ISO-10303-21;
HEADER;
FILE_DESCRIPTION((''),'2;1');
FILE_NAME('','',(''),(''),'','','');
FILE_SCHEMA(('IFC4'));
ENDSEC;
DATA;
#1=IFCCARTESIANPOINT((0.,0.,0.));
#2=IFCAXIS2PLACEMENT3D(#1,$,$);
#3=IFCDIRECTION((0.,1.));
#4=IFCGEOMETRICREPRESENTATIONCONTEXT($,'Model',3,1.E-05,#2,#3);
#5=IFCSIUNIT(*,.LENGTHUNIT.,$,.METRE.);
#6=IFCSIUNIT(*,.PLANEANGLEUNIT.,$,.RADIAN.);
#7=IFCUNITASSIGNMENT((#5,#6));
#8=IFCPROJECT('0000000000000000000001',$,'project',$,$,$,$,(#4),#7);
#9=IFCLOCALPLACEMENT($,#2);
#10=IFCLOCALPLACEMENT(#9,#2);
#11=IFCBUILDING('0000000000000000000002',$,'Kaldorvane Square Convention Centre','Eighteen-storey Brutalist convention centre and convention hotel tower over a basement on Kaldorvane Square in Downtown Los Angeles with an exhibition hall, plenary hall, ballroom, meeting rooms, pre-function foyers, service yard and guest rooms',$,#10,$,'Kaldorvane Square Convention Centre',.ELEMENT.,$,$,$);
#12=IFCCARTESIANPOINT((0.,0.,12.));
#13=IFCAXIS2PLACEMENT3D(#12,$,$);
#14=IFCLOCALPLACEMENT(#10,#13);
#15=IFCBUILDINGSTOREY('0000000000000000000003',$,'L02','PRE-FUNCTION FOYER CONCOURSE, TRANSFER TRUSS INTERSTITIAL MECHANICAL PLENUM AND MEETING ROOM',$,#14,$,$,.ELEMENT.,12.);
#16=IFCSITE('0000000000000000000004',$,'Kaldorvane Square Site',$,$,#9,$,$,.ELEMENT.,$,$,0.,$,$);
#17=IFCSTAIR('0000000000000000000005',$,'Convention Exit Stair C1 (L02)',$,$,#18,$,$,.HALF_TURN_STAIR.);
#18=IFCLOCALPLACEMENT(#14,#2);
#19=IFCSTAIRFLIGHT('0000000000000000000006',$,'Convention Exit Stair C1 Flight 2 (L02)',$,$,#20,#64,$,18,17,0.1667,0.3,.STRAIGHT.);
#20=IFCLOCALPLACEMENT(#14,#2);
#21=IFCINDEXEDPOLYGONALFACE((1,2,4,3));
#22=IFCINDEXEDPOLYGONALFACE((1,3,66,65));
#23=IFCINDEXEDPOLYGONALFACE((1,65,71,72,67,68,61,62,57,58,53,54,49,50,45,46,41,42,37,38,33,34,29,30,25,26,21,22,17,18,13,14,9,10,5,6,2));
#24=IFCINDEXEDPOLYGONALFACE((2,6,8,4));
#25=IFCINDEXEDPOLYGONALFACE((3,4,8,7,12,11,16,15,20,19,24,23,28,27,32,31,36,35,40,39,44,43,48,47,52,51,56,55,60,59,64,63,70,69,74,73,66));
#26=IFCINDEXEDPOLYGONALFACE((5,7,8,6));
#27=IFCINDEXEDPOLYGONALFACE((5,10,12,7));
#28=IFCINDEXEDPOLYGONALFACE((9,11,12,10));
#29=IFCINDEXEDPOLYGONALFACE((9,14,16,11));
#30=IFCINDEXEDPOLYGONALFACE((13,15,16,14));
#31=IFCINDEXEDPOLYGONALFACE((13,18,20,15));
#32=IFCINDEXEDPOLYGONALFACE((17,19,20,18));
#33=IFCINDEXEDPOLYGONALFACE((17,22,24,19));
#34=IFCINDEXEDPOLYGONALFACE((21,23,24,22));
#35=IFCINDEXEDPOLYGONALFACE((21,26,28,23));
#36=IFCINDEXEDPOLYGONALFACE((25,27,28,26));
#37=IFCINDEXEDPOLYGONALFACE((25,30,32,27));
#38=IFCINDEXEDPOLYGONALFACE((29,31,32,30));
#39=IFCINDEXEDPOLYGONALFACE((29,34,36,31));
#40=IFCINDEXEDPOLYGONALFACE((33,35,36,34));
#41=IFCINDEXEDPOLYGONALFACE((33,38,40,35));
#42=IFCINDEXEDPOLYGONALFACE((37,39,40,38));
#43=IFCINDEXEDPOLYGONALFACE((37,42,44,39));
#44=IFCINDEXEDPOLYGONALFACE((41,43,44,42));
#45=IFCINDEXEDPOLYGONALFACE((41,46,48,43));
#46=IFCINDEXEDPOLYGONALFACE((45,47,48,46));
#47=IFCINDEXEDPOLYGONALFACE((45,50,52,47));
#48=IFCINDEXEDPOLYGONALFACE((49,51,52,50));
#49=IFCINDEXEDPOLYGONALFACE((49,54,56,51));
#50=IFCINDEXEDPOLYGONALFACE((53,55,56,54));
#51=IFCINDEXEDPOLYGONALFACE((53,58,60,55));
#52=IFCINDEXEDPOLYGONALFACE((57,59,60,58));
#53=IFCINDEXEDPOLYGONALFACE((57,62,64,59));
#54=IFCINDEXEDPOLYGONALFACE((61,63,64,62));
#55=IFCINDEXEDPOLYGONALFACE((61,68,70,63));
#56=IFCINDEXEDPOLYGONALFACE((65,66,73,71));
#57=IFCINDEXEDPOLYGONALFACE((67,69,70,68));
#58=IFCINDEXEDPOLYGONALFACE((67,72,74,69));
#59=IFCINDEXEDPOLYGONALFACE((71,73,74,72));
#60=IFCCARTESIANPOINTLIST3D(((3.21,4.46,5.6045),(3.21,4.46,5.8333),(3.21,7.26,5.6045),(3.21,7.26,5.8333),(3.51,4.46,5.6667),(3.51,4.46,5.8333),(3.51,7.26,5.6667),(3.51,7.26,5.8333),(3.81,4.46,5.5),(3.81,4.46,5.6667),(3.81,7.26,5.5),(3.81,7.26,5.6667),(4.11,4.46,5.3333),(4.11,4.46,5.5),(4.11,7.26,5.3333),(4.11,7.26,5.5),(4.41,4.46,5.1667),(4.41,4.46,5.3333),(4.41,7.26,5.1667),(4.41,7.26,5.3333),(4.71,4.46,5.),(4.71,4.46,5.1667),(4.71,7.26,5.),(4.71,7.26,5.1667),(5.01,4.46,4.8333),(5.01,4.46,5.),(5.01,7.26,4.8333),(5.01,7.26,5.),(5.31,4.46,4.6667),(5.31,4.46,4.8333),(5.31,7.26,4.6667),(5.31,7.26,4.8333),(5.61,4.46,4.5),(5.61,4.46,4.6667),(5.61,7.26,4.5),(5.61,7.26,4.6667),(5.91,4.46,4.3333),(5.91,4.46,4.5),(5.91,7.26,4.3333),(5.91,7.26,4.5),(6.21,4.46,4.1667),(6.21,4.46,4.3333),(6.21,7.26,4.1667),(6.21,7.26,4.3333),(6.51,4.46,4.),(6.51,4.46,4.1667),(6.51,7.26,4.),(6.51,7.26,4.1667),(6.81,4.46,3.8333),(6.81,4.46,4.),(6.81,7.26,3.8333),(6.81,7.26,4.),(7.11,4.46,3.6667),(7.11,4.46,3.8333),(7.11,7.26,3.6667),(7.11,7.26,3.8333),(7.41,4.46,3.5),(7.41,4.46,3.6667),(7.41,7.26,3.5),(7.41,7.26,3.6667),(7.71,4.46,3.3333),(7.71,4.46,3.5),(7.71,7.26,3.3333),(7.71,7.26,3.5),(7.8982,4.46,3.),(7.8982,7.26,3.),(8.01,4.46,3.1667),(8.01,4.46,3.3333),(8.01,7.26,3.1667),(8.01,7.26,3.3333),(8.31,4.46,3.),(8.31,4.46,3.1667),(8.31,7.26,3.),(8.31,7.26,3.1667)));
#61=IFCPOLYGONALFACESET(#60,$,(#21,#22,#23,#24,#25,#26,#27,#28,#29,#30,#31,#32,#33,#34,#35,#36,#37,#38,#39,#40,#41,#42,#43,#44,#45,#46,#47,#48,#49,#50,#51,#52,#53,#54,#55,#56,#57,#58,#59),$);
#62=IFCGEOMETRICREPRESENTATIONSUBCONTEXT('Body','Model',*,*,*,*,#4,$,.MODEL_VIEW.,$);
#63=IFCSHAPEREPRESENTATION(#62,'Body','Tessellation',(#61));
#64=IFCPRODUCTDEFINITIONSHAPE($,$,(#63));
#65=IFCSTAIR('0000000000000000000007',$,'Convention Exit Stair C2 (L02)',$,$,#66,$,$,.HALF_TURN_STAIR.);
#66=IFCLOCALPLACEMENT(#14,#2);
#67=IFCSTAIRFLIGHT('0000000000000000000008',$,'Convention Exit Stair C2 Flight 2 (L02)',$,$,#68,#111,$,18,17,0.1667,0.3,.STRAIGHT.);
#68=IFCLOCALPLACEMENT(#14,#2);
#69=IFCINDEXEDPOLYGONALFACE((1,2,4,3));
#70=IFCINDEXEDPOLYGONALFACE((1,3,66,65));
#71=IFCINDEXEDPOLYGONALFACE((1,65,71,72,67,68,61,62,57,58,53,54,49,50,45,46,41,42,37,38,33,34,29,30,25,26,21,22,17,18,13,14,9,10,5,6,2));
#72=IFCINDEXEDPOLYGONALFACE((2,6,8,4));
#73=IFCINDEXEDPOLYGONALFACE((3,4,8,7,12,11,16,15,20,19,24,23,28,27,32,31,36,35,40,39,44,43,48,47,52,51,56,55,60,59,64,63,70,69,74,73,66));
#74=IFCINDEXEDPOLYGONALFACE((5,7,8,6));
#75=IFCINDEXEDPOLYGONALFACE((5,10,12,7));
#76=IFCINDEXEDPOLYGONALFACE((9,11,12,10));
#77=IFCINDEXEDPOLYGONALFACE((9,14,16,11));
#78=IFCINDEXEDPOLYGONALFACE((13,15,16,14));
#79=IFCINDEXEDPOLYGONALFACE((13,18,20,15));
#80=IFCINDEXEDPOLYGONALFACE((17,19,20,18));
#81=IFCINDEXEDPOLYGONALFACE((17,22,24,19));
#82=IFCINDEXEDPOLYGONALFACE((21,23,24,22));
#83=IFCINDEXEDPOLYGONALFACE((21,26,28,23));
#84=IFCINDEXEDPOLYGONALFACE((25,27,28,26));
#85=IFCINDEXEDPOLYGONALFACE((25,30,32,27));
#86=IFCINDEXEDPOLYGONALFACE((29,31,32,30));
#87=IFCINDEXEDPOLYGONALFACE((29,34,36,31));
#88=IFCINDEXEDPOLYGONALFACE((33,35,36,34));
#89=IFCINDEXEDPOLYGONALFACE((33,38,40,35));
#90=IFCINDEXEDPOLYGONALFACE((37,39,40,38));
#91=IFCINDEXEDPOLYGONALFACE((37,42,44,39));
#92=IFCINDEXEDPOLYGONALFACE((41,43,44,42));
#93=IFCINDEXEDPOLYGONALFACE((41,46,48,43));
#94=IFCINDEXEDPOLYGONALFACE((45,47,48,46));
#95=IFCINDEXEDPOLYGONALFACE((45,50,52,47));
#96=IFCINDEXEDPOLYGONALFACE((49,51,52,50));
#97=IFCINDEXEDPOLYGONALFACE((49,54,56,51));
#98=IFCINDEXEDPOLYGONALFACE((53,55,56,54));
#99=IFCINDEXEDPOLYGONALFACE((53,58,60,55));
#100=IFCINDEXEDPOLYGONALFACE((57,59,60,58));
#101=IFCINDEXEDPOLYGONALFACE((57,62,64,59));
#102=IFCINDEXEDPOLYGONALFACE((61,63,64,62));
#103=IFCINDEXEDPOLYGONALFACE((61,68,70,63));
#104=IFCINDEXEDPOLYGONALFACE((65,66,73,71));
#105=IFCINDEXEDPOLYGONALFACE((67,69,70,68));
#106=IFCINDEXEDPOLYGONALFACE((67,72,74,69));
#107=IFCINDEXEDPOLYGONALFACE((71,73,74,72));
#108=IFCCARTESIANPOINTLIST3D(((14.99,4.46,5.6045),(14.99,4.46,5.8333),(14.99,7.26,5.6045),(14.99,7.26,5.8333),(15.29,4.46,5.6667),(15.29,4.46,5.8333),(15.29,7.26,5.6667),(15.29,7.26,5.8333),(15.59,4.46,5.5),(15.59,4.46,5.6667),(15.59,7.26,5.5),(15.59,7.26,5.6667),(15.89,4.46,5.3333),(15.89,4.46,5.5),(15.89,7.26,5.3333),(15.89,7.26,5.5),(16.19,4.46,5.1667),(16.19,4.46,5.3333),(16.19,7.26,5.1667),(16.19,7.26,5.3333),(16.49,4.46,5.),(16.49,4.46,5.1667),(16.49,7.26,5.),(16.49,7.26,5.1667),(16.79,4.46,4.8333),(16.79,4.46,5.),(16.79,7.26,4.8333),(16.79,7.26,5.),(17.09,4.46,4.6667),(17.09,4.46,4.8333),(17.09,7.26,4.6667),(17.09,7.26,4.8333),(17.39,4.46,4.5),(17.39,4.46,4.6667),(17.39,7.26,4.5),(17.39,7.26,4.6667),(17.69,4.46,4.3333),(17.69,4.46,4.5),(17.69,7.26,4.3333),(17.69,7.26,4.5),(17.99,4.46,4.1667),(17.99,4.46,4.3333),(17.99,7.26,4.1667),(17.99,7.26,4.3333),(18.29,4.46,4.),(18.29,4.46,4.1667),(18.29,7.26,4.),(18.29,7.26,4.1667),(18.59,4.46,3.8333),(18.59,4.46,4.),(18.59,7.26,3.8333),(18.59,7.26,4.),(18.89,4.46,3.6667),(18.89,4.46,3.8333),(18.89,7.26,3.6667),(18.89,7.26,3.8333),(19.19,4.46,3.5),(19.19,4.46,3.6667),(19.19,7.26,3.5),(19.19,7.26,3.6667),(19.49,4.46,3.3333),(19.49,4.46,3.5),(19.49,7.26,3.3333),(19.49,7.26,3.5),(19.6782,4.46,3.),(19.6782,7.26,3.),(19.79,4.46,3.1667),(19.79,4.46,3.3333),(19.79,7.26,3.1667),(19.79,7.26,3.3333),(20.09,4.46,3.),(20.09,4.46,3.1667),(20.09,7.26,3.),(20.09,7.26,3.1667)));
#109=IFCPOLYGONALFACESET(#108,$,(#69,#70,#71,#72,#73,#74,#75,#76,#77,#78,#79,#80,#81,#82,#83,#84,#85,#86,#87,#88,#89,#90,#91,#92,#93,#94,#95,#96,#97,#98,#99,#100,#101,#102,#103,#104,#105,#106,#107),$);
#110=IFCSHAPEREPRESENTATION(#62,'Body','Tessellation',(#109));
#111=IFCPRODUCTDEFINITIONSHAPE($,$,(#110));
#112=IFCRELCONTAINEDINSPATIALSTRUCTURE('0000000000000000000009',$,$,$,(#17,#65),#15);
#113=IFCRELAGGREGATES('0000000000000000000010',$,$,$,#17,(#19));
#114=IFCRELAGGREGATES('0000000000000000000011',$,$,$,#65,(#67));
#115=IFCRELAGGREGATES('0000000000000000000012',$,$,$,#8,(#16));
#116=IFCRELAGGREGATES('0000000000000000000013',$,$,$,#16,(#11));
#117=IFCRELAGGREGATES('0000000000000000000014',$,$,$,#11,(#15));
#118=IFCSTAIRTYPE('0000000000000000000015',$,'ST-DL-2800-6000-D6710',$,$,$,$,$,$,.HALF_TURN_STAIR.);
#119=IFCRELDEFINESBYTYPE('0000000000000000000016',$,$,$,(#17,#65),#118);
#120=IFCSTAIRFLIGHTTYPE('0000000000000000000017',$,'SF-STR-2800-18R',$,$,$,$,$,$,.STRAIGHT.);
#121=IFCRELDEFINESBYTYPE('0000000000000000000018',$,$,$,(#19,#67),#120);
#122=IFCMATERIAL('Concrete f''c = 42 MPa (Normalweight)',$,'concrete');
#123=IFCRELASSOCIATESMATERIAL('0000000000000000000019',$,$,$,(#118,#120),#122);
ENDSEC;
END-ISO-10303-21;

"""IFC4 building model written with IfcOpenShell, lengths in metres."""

from ifc_helpers import new_model, si_unit, direction, frame, origin, place, context, subcontext, project, spatial, polyline, outline, extrude, material, type_object, element, aggregate, save


model = new_model("IFC4")

# Units and contexts
model_context = context("Model", 3, precision=1e-05, world=origin(), true_north=direction((0.0, 1.0)))
body_context = subcontext(model_context, "Body", "Model", "MODEL_VIEW")
ifc_project = project(units=[si_unit("LENGTHUNIT", "METRE"), si_unit("PLANEANGLEUNIT", "RADIAN")], contexts=[model_context])

# Site, building, storey
site_placement = place(None, origin())
site = spatial("IfcSite", under=ifc_project, at=site_placement, Name="Kaldorvane Square Site", CompositionType="ELEMENT", RefElevation=0.0)
building_placement = place(site_placement, origin())
building = spatial("IfcBuilding", under=site, at=building_placement, Name="Kaldorvane Square Convention Centre", Description="Eighteen-storey Brutalist convention centre and convention hotel tower over a basement on Kaldorvane Square in Downtown Los Angeles with an exhibition hall, plenary hall, ballroom, meeting rooms, pre-function foyers, service yard and guest rooms", LongName="Kaldorvane Square Convention Centre", CompositionType="ELEMENT")
storey_placement = place(building_placement, frame((0.0, 0.0, 12.0)))
storey = spatial("IfcBuildingStorey", under=building, at=storey_placement, Name="L02", Description="PRE-FUNCTION FOYER CONCOURSE, TRANSFER TRUSS INTERSTITIAL MECHANICAL PLENUM AND MEETING ROOM", CompositionType="ELEMENT", Elevation=12.0)

# Shared definitions
ifc_material_1 = material(Name="Concrete f'c = 42 MPa (Normalweight)", Category="concrete")

# Stairs, stair flights
stair_type = type_object("IfcStairType", Name="ST-DL-2800-6000-D6710", PredefinedType="HALF_TURN_STAIR", material=ifc_material_1)
stair_1_placement = place(storey_placement, origin())
stair_1 = element("IfcStair", 1, at=stair_1_placement, inside=storey, type_object=stair_type, Name="Convention Exit Stair C1 (L02)", PredefinedType="HALF_TURN_STAIR")
stair_flight_type = type_object("IfcStairFlightType", Name="SF-STR-2800-18R", PredefinedType="STRAIGHT", material=ifc_material_1)
stair_flight_1_placement = place(storey_placement, frame((8.31, 5.86, 3.0), z_axis=(0.0, 0.0, 1.0), x_axis=(-1.0, 0.0, 0.0)))
stair_flight_1 = element("IfcStairFlight", 2, at=stair_flight_1_placement, type_object=stair_flight_type, Name="Convention Exit Stair C1 Flight 2 (L02)", NumberOfRisers=18, NumberOfTreads=17, PredefinedType="STRAIGHT", RiserHeight=0.1667, TreadLength=0.3, context=body_context, shape_type="SweptSolid", body=[
    extrude(outline(polyline([(0.0, 0.0), (0.0, 0.1667), (0.3, 0.1667), (0.3, 0.3333), (0.6, 0.3333), (0.6, 0.5), (0.9, 0.5), (0.9, 0.6667), (1.2, 0.6667), (1.2, 0.8333), (1.5, 0.8333), (1.5, 1.0), (1.8, 1.0), (1.8, 1.1667), (2.1, 1.1667), (2.1, 1.3333), (2.4, 1.3333), (2.4, 1.5), (2.7, 1.5), (2.7, 1.6667), (3.0, 1.6667), (3.0, 1.8333), (3.3, 1.8333), (3.3, 2.0), (3.6, 2.0), (3.6, 2.1667), (3.9, 2.1667), (3.9, 2.3333), (4.2, 2.3333), (4.2, 2.5), (4.5, 2.5), (4.5, 2.6667), (4.8, 2.6667), (4.8, 2.8333), (5.1, 2.8333), (5.1, 3.0), (5.1, 2.6045), (0.4118, 0.0), (0.0, 0.0)])), frame((0.0, 1.4, 0.0), z_axis=(0.0, -1.0, 0.0), x_axis=(1.0, 0.0, 0.0)), (0.0, 0.0, 1.0), 2.8),
])
aggregate(stair_1, [stair_flight_1])
stair_2_placement = place(storey_placement, origin())
stair_2 = element("IfcStair", 3, at=stair_2_placement, inside=storey, type_object=stair_type, Name="Convention Exit Stair C2 (L02)", PredefinedType="HALF_TURN_STAIR")
stair_flight_2_placement = place(storey_placement, frame((20.09, 5.86, 3.0), z_axis=(0.0, 0.0, 1.0), x_axis=(-1.0, 0.0, 0.0)))
stair_flight_2 = element("IfcStairFlight", 4, at=stair_flight_2_placement, type_object=stair_flight_type, Name="Convention Exit Stair C2 Flight 2 (L02)", NumberOfRisers=18, NumberOfTreads=17, PredefinedType="STRAIGHT", RiserHeight=0.1667, TreadLength=0.3, context=body_context, shape_type="SweptSolid", body=[
    extrude(outline(polyline([(0.0, 0.0), (0.0, 0.1667), (0.3, 0.1667), (0.3, 0.3333), (0.6, 0.3333), (0.6, 0.5), (0.9, 0.5), (0.9, 0.6667), (1.2, 0.6667), (1.2, 0.8333), (1.5, 0.8333), (1.5, 1.0), (1.8, 1.0), (1.8, 1.1667), (2.1, 1.1667), (2.1, 1.3333), (2.4, 1.3333), (2.4, 1.5), (2.7, 1.5), (2.7, 1.6667), (3.0, 1.6667), (3.0, 1.8333), (3.3, 1.8333), (3.3, 2.0), (3.6, 2.0), (3.6, 2.1667), (3.9, 2.1667), (3.9, 2.3333), (4.2, 2.3333), (4.2, 2.5), (4.5, 2.5), (4.5, 2.6667), (4.8, 2.6667), (4.8, 2.8333), (5.1, 2.8333), (5.1, 3.0), (5.1, 2.6045), (0.4118, 0.0), (0.0, 0.0)])), frame((0.0, 1.4, 0.0), z_axis=(0.0, -1.0, 0.0), x_axis=(1.0, 0.0, 0.0)), (0.0, 0.0, 1.0), 2.8),
])
aggregate(stair_2, [stair_flight_2])

save(model, "model.ifc")
